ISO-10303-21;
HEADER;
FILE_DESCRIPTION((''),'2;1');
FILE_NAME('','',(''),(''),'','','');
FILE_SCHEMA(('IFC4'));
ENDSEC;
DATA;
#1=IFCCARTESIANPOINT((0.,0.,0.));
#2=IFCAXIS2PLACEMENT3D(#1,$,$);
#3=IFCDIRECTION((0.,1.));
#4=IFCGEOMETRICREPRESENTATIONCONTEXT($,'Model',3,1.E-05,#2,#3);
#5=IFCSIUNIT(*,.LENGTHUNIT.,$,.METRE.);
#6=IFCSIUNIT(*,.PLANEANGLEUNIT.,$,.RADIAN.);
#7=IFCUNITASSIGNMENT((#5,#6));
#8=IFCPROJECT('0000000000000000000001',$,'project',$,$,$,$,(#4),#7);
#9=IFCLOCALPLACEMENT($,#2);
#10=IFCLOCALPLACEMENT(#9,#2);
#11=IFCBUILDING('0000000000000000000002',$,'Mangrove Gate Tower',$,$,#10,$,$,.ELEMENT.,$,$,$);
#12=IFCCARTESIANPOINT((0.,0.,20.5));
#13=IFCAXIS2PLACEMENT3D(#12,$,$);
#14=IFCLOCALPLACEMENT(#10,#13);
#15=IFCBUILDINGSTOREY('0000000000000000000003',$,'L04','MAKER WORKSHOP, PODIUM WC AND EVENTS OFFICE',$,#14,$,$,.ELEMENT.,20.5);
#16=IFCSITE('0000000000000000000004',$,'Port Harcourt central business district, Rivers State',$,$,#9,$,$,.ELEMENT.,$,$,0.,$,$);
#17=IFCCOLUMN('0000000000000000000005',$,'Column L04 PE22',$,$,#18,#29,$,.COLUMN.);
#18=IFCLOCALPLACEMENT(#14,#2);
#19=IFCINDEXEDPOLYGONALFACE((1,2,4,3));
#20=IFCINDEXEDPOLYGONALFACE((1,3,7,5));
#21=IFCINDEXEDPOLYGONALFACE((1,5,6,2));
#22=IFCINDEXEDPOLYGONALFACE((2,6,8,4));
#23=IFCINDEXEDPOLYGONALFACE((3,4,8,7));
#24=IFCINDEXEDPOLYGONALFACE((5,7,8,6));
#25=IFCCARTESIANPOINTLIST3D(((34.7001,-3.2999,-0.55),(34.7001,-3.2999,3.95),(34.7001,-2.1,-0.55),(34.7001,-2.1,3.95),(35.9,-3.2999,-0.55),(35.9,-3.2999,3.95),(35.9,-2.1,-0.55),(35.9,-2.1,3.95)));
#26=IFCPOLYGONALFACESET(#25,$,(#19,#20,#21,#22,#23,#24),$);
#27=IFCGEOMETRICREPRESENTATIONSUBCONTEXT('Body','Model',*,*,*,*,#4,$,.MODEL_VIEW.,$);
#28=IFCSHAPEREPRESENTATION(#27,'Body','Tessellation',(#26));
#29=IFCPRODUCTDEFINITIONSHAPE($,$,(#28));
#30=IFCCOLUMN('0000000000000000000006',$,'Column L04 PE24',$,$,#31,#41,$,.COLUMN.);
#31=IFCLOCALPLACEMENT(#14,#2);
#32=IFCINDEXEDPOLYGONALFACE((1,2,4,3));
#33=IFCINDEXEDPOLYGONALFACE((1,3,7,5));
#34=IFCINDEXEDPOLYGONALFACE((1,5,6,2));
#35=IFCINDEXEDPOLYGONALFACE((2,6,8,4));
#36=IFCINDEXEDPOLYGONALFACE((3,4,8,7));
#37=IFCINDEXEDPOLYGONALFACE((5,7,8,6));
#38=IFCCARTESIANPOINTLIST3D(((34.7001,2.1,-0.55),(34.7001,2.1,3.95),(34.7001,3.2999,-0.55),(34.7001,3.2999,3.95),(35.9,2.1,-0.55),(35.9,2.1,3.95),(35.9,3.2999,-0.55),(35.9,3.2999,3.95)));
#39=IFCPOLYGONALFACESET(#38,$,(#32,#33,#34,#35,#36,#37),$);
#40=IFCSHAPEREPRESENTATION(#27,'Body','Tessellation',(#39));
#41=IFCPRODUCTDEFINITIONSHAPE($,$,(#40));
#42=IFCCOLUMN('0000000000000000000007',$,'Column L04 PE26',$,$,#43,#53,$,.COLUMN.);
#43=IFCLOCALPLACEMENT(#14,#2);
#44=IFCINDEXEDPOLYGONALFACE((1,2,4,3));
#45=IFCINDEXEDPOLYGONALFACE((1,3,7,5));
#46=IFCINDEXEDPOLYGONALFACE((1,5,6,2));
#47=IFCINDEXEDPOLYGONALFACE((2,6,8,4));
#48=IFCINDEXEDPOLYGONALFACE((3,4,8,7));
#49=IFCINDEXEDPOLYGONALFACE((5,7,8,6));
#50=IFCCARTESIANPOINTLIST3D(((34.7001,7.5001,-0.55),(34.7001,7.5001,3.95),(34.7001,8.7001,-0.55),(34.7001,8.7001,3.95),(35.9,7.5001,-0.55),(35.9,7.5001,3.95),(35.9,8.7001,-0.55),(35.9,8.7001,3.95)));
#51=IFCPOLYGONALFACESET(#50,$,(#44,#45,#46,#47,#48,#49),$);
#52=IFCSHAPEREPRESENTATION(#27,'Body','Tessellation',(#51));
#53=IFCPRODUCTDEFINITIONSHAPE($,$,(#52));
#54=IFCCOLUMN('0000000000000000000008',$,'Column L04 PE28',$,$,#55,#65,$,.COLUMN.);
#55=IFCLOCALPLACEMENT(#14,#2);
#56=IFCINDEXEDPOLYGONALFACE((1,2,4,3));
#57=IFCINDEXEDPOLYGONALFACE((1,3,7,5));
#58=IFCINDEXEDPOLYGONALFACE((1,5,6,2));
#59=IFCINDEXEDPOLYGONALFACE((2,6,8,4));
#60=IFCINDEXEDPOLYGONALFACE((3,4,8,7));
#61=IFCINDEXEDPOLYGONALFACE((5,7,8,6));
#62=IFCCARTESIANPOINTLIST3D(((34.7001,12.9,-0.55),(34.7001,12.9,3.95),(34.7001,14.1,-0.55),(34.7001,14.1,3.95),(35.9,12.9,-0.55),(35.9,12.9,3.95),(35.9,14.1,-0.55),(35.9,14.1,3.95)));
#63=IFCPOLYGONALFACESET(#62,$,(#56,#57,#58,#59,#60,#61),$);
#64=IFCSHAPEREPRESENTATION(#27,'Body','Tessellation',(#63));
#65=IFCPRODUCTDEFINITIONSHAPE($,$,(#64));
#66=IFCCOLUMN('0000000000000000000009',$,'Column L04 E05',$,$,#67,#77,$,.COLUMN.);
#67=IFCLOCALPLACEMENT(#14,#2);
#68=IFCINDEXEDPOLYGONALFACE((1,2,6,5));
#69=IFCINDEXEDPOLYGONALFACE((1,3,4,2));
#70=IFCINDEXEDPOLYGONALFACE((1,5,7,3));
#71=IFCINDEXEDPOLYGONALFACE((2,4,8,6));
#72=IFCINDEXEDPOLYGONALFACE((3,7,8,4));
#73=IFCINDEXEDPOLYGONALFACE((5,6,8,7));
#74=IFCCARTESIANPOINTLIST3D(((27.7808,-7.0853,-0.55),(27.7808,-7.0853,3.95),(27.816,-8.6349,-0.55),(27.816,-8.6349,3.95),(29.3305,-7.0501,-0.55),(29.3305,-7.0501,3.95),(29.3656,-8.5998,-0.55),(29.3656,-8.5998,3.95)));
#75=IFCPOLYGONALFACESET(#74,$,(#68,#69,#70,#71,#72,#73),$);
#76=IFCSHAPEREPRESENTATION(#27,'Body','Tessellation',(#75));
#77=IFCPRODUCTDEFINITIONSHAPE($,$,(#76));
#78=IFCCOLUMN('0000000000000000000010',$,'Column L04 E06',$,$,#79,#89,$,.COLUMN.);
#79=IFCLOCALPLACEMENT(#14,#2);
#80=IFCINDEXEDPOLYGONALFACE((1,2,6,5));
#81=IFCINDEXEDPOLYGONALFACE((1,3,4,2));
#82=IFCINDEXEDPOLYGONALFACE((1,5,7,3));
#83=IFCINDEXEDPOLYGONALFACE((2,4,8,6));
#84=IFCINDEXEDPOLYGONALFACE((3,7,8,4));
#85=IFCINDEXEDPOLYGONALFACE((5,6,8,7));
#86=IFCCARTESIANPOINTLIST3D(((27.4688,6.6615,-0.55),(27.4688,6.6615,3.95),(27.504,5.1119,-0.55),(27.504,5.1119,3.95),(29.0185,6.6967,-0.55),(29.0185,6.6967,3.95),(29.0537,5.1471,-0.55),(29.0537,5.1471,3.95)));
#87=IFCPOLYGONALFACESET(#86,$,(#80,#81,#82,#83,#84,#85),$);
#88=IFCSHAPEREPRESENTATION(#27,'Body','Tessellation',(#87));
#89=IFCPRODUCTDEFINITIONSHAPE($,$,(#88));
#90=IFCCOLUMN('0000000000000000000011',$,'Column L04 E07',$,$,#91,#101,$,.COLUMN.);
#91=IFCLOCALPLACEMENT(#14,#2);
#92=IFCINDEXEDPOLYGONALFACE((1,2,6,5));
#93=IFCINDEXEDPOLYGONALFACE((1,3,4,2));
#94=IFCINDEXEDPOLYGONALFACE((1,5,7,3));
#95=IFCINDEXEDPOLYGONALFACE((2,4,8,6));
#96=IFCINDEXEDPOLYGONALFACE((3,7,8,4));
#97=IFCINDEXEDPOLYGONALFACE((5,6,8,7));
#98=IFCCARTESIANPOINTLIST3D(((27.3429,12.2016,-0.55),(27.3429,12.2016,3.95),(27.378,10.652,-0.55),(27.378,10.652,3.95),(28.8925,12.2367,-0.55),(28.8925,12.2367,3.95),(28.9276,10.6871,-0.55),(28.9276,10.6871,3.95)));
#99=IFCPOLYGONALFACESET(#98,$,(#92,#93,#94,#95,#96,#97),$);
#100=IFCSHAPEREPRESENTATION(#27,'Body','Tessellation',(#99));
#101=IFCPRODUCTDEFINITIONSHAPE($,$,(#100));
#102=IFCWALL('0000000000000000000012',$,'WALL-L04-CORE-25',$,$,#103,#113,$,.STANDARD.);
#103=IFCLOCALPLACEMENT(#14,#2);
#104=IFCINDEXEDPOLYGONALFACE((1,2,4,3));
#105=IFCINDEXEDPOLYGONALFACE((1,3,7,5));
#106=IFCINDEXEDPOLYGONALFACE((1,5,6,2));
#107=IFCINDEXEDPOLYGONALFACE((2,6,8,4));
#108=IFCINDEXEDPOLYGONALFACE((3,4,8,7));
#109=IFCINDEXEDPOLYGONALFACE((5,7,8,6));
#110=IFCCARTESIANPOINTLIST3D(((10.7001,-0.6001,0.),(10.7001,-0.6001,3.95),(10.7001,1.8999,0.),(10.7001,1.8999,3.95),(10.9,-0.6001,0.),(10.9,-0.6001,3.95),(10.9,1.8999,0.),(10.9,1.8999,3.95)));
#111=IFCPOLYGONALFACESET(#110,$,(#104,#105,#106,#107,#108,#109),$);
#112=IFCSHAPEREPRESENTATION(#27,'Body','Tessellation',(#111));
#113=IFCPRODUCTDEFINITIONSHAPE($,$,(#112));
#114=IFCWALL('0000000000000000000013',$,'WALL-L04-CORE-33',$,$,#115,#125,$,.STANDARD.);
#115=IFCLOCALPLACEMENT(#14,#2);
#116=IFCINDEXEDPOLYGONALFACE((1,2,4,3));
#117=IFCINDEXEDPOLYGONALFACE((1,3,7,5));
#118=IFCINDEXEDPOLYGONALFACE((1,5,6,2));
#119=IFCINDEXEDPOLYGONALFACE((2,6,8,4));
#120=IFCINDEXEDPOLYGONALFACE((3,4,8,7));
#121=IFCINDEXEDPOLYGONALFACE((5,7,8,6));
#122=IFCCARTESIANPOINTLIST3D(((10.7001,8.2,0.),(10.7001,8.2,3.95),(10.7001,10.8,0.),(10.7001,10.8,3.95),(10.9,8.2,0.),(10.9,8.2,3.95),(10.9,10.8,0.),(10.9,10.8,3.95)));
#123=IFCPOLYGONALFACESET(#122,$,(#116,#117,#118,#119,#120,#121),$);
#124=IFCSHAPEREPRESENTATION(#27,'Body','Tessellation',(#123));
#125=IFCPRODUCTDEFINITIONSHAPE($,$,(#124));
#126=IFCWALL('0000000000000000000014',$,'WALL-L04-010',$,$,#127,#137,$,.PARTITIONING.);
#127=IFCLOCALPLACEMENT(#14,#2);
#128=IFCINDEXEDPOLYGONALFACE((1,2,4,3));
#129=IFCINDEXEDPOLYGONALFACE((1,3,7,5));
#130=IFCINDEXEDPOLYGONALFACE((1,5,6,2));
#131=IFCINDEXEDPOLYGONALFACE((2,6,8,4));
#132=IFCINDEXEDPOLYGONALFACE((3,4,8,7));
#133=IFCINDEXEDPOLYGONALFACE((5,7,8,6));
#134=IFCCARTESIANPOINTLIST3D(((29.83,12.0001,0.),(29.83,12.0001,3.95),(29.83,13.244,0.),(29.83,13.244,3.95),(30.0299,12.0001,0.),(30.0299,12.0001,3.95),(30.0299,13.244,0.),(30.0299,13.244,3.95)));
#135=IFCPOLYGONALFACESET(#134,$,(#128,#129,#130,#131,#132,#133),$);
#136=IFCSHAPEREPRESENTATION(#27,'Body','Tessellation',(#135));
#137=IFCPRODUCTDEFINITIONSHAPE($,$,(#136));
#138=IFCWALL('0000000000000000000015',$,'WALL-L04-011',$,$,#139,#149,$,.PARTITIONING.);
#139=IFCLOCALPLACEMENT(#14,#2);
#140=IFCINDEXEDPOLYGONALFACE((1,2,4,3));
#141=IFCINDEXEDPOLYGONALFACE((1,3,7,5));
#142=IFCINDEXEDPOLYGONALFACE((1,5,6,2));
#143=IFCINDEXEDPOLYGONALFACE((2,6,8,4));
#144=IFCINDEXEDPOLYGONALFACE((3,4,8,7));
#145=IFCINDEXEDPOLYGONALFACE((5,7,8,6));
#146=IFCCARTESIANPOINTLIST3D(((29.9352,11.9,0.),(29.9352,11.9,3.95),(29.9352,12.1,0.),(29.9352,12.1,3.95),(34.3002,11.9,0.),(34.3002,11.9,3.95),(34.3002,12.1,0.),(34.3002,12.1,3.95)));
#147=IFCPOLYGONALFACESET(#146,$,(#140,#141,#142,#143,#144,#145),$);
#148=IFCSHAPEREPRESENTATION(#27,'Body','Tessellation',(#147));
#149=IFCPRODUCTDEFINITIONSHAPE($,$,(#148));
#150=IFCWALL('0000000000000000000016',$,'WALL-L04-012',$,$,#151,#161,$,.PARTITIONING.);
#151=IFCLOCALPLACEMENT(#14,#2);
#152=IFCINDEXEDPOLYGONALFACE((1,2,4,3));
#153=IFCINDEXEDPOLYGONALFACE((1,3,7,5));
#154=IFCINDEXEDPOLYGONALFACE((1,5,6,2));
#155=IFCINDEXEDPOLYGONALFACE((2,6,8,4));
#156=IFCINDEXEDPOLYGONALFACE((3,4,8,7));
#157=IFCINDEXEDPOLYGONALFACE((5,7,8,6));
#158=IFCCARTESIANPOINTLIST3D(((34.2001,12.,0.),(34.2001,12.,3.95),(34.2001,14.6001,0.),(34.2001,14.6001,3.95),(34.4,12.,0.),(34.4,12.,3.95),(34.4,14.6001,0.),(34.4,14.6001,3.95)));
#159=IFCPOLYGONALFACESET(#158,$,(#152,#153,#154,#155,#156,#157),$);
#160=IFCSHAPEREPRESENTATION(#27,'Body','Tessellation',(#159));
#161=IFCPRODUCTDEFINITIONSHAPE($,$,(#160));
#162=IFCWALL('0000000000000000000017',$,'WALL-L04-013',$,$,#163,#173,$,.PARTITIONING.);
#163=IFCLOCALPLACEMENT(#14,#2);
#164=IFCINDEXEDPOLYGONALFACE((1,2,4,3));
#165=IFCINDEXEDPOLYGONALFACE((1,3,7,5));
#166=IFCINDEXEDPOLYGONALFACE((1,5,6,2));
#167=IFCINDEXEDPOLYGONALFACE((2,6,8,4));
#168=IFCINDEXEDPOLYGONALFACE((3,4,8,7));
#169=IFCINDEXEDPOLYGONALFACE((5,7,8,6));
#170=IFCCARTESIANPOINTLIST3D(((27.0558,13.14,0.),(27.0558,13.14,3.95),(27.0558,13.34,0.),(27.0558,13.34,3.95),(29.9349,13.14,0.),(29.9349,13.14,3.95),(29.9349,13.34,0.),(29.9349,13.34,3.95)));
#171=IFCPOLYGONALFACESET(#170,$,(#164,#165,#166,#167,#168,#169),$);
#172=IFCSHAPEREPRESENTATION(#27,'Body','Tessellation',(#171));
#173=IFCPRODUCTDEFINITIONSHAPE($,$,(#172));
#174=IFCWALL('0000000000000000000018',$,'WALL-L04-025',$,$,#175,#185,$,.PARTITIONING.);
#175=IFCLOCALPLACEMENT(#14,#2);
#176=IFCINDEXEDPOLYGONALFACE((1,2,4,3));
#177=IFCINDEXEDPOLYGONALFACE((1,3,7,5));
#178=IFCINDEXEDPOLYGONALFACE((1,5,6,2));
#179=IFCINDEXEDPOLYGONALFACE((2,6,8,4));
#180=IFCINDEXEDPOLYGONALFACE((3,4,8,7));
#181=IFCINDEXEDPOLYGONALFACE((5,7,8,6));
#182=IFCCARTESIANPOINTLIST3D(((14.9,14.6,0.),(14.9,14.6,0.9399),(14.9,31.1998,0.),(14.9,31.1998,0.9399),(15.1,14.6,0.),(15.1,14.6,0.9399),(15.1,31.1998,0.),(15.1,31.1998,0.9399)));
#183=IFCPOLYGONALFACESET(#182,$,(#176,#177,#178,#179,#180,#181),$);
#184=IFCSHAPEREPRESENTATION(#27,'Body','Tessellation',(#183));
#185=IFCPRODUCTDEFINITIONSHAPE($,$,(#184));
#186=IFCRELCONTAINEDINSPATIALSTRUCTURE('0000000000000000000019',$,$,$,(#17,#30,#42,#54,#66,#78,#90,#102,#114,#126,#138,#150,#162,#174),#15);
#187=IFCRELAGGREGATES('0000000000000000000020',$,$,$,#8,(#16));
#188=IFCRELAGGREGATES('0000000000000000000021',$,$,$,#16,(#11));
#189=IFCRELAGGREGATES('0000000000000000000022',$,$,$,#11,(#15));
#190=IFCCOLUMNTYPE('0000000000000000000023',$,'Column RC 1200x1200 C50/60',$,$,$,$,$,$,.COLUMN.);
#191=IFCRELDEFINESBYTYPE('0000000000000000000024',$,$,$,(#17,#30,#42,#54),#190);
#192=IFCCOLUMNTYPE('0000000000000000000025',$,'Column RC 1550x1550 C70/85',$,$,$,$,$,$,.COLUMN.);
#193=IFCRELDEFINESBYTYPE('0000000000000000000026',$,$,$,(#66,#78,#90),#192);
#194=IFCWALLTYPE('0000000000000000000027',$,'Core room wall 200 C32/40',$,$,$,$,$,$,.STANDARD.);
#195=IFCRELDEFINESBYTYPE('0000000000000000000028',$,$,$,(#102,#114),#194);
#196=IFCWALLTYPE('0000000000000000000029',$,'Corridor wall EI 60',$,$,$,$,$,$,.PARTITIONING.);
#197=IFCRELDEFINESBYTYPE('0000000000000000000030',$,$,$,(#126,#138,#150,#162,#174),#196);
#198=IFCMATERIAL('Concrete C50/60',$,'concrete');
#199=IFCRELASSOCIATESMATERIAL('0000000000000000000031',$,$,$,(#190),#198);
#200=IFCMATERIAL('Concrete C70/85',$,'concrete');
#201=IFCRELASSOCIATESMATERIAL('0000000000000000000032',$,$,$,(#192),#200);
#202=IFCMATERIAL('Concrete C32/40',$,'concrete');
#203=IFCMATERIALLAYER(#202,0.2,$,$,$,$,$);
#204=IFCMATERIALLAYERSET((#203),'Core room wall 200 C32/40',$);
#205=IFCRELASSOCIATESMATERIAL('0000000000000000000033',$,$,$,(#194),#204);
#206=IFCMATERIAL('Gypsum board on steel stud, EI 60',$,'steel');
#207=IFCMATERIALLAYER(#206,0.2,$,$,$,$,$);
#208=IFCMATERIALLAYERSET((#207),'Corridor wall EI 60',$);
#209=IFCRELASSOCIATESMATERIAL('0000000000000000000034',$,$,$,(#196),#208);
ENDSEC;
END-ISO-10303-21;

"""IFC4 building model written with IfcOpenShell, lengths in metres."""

from ifc_helpers import new_model, si_unit, direction, frame, frame_2d, origin, origin_2d, place, context, subcontext, project, spatial, rectangle, extrude, material, layer, layer_set, material_profile, profile_set, type_object, element, save


model = new_model("IFC4")

# Units and contexts
model_context = context("Model", 3, precision=1e-05, world=origin(), true_north=direction((0.0, 1.0)))
body_context = subcontext(model_context, "Body", "Model", "MODEL_VIEW")
ifc_project = project(units=[si_unit("LENGTHUNIT", "METRE"), si_unit("PLANEANGLEUNIT", "RADIAN")], contexts=[model_context])

# Site, building, storey
site_placement = place(None, origin())
site = spatial("IfcSite", under=ifc_project, at=site_placement, Name="Port Harcourt central business district, Rivers State", CompositionType="ELEMENT", RefElevation=0.0)
building_placement = place(site_placement, origin())
building = spatial("IfcBuilding", under=site, at=building_placement, Name="Mangrove Gate Tower", CompositionType="ELEMENT")
storey_placement = place(building_placement, frame((0.0, 0.0, 20.5)))
storey = spatial("IfcBuildingStorey", under=building, at=storey_placement, Name="L04", Description="MAKER WORKSHOP, PODIUM WC AND EVENTS OFFICE", CompositionType="ELEMENT", Elevation=20.5)

# Columns
ifc_material_1 = material(Name="Concrete C50/60", Category="concrete")
ifc_material_profile_1 = material_profile(ifc_material_1, rectangle(XDim=1.2, YDim=1.2, at=origin_2d()))
ifc_profile_set_1 = profile_set([ifc_material_profile_1], Name="Concrete C50/60")
column_type_1 = type_object("IfcColumnType", Name="Column RC 1200x1200 C50/60", PredefinedType="COLUMN", material=ifc_profile_set_1)
for number, where, z_axis, x_axis, name in (
    (1, (35.3, -2.7, -0.55), (0.0, 0.0, 1.0), (1.0, 0.0, 0.0), "Column L04 PE22"),
    (2, (35.3, 2.7, -0.55), (0.0, 0.0, 1.0), (1.0, 0.0, 0.0), "Column L04 PE24"),
    (3, (35.3, 8.1001, -0.55), (0.0, 0.0, 1.0), (1.0, 0.0, 0.0), "Column L04 PE26"),
    (4, (35.3, 13.5, -0.55), (0.0, 0.0, 1.0), (1.0, 0.0, 0.0), "Column L04 PE28"),
):
    element("IfcColumn", number, at=place(storey_placement, frame(where, z_axis=z_axis, x_axis=x_axis)), inside=storey, type_object=column_type_1, Name=name, PredefinedType="COLUMN", context=body_context, shape_type="SweptSolid", body=[
        extrude(rectangle(XDim=1.2, YDim=1.2, at=origin_2d()), origin(), (0.0, 0.0, 1.0), 4.5),
    ])
ifc_material_2 = material(Name="Concrete C70/85", Category="concrete")
ifc_material_profile_2 = material_profile(ifc_material_2, rectangle(XDim=1.55, YDim=1.55, at=origin_2d()))
ifc_profile_set_2 = profile_set([ifc_material_profile_2], Name="Concrete C70/85")
column_type_2 = type_object("IfcColumnType", Name="Column RC 1550x1550 C70/85", PredefinedType="COLUMN", material=ifc_profile_set_2)
for number, where, z_axis, x_axis, name in (
    (5, (28.5732, -7.8425, -0.55), (0.0, 0.0, 1.0), (-0.022681, 0.999743, 0.0), "Column L04 E05"),
    (6, (28.2612, 5.9043, -0.55), (0.0, 0.0, 1.0), (-0.022704, 0.999742, 0.0), "Column L04 E06"),
    (7, (28.1353, 11.4443, -0.55), (0.0, 0.0, 1.0), (-0.022646, 0.999744, 0.0), "Column L04 E07"),
):
    element("IfcColumn", number, at=place(storey_placement, frame(where, z_axis=z_axis, x_axis=x_axis)), inside=storey, type_object=column_type_2, Name=name, PredefinedType="COLUMN", context=body_context, shape_type="SweptSolid", body=[
        extrude(rectangle(XDim=1.55, YDim=1.55, at=origin_2d()), origin(), (0.0, 0.0, 1.0), 4.5),
    ])

# Walls
ifc_material_3 = material(Name="Concrete C32/40", Category="concrete")
ifc_layer_1 = layer(ifc_material_3, 0.2)
ifc_layer_set_1 = layer_set([ifc_layer_1], Name="Core room wall 200 C32/40")
wall_type_1 = type_object("IfcWallType", Name="Core room wall 200 C32/40", PredefinedType="STANDARD", material=ifc_layer_set_1)
wall_1_placement = place(storey_placement, frame((10.8, -0.6001, 0.0), z_axis=(0.0, 0.0, 1.0), x_axis=(0.0, 1.0, 0.0)))
element("IfcWall", 8, at=wall_1_placement, inside=storey, type_object=wall_type_1, Name="WALL-L04-CORE-25", PredefinedType="STANDARD", context=body_context, shape_type="SweptSolid", body=[
    extrude(rectangle(XDim=2.5, YDim=0.2, at=frame_2d((1.25, 0.0))), origin(), (0.0, 0.0, 1.0), 3.95),
])
wall_2_placement = place(storey_placement, frame((10.8, 8.2, 0.0), z_axis=(0.0, 0.0, 1.0), x_axis=(0.0, 1.0, 0.0)))
element("IfcWall", 9, at=wall_2_placement, inside=storey, type_object=wall_type_1, Name="WALL-L04-CORE-33", PredefinedType="STANDARD", context=body_context, shape_type="SweptSolid", body=[
    extrude(rectangle(XDim=2.6001, YDim=0.2, at=frame_2d((1.3, 0.0))), origin(), (0.0, 0.0, 1.0), 3.95),
])
ifc_material_4 = material(Name="Gypsum board on steel stud, EI 60", Category="steel")
ifc_layer_2 = layer(ifc_material_4, 0.2)
ifc_layer_set_2 = layer_set([ifc_layer_2], Name="Corridor wall EI 60")
wall_type_2 = type_object("IfcWallType", Name="Corridor wall EI 60", PredefinedType="PARTITIONING", material=ifc_layer_set_2)
wall_3_placement = place(storey_placement, frame((29.9299, 12.0, 0.0), z_axis=(0.0, 0.0, 1.0), x_axis=(0.0, 1.0, 0.0)))
element("IfcWall", 10, at=wall_3_placement, inside=storey, type_object=wall_type_2, Name="WALL-L04-010", PredefinedType="PARTITIONING", context=body_context, shape_type="SweptSolid", body=[
    extrude(rectangle(XDim=1.2439, YDim=0.2, at=frame_2d((0.6221, 0.0))), origin(), (0.0, 0.0, 1.0), 3.95),
])
wall_4_placement = place(storey_placement, frame((29.9351, 12.0, 0.0), z_axis=(0.0, 0.0, 1.0), x_axis=(1.0, 0.0, 0.0)))
element("IfcWall", 11, at=wall_4_placement, inside=storey, type_object=wall_type_2, Name="WALL-L04-011", PredefinedType="PARTITIONING", context=body_context, shape_type="SweptSolid", body=[
    extrude(rectangle(XDim=4.365, YDim=0.2, at=frame_2d((2.1826, 0.0))), origin(), (0.0, 0.0, 1.0), 3.95),
])
wall_5_placement = place(storey_placement, frame((34.3, 12.0, 0.0), z_axis=(0.0, 0.0, 1.0), x_axis=(0.0, 1.0, 0.0)))
element("IfcWall", 12, at=wall_5_placement, inside=storey, type_object=wall_type_2, Name="WALL-L04-012", PredefinedType="PARTITIONING", context=body_context, shape_type="SweptSolid", body=[
    extrude(rectangle(XDim=2.6001, YDim=0.2, at=frame_2d((1.3, 0.0))), origin(), (0.0, 0.0, 1.0), 3.95),
])
wall_6_placement = place(storey_placement, frame((27.0559, 13.24, 0.0), z_axis=(0.0, 0.0, 1.0), x_axis=(1.0, 0.0, 0.0)))
element("IfcWall", 13, at=wall_6_placement, inside=storey, type_object=wall_type_2, Name="WALL-L04-013", PredefinedType="PARTITIONING", context=body_context, shape_type="SweptSolid", body=[
    extrude(rectangle(XDim=2.8792, YDim=0.2, at=frame_2d((1.4395, 0.0))), origin(), (0.0, 0.0, 1.0), 3.95),
])
wall_7_placement = place(storey_placement, frame((15.0, 14.6001, 0.0), z_axis=(0.0, 0.0, 1.0), x_axis=(0.0, 1.0, 0.0)))
element("IfcWall", 14, at=wall_7_placement, inside=storey, type_object=wall_type_2, Name="WALL-L04-025", PredefinedType="PARTITIONING", context=body_context, shape_type="SweptSolid", body=[
    extrude(rectangle(XDim=16.5999, YDim=0.2, at=frame_2d((8.2998, 0.0))), origin(), (0.0, 0.0, 1.0), 0.9399),
])

save(model, "model.ifc")
